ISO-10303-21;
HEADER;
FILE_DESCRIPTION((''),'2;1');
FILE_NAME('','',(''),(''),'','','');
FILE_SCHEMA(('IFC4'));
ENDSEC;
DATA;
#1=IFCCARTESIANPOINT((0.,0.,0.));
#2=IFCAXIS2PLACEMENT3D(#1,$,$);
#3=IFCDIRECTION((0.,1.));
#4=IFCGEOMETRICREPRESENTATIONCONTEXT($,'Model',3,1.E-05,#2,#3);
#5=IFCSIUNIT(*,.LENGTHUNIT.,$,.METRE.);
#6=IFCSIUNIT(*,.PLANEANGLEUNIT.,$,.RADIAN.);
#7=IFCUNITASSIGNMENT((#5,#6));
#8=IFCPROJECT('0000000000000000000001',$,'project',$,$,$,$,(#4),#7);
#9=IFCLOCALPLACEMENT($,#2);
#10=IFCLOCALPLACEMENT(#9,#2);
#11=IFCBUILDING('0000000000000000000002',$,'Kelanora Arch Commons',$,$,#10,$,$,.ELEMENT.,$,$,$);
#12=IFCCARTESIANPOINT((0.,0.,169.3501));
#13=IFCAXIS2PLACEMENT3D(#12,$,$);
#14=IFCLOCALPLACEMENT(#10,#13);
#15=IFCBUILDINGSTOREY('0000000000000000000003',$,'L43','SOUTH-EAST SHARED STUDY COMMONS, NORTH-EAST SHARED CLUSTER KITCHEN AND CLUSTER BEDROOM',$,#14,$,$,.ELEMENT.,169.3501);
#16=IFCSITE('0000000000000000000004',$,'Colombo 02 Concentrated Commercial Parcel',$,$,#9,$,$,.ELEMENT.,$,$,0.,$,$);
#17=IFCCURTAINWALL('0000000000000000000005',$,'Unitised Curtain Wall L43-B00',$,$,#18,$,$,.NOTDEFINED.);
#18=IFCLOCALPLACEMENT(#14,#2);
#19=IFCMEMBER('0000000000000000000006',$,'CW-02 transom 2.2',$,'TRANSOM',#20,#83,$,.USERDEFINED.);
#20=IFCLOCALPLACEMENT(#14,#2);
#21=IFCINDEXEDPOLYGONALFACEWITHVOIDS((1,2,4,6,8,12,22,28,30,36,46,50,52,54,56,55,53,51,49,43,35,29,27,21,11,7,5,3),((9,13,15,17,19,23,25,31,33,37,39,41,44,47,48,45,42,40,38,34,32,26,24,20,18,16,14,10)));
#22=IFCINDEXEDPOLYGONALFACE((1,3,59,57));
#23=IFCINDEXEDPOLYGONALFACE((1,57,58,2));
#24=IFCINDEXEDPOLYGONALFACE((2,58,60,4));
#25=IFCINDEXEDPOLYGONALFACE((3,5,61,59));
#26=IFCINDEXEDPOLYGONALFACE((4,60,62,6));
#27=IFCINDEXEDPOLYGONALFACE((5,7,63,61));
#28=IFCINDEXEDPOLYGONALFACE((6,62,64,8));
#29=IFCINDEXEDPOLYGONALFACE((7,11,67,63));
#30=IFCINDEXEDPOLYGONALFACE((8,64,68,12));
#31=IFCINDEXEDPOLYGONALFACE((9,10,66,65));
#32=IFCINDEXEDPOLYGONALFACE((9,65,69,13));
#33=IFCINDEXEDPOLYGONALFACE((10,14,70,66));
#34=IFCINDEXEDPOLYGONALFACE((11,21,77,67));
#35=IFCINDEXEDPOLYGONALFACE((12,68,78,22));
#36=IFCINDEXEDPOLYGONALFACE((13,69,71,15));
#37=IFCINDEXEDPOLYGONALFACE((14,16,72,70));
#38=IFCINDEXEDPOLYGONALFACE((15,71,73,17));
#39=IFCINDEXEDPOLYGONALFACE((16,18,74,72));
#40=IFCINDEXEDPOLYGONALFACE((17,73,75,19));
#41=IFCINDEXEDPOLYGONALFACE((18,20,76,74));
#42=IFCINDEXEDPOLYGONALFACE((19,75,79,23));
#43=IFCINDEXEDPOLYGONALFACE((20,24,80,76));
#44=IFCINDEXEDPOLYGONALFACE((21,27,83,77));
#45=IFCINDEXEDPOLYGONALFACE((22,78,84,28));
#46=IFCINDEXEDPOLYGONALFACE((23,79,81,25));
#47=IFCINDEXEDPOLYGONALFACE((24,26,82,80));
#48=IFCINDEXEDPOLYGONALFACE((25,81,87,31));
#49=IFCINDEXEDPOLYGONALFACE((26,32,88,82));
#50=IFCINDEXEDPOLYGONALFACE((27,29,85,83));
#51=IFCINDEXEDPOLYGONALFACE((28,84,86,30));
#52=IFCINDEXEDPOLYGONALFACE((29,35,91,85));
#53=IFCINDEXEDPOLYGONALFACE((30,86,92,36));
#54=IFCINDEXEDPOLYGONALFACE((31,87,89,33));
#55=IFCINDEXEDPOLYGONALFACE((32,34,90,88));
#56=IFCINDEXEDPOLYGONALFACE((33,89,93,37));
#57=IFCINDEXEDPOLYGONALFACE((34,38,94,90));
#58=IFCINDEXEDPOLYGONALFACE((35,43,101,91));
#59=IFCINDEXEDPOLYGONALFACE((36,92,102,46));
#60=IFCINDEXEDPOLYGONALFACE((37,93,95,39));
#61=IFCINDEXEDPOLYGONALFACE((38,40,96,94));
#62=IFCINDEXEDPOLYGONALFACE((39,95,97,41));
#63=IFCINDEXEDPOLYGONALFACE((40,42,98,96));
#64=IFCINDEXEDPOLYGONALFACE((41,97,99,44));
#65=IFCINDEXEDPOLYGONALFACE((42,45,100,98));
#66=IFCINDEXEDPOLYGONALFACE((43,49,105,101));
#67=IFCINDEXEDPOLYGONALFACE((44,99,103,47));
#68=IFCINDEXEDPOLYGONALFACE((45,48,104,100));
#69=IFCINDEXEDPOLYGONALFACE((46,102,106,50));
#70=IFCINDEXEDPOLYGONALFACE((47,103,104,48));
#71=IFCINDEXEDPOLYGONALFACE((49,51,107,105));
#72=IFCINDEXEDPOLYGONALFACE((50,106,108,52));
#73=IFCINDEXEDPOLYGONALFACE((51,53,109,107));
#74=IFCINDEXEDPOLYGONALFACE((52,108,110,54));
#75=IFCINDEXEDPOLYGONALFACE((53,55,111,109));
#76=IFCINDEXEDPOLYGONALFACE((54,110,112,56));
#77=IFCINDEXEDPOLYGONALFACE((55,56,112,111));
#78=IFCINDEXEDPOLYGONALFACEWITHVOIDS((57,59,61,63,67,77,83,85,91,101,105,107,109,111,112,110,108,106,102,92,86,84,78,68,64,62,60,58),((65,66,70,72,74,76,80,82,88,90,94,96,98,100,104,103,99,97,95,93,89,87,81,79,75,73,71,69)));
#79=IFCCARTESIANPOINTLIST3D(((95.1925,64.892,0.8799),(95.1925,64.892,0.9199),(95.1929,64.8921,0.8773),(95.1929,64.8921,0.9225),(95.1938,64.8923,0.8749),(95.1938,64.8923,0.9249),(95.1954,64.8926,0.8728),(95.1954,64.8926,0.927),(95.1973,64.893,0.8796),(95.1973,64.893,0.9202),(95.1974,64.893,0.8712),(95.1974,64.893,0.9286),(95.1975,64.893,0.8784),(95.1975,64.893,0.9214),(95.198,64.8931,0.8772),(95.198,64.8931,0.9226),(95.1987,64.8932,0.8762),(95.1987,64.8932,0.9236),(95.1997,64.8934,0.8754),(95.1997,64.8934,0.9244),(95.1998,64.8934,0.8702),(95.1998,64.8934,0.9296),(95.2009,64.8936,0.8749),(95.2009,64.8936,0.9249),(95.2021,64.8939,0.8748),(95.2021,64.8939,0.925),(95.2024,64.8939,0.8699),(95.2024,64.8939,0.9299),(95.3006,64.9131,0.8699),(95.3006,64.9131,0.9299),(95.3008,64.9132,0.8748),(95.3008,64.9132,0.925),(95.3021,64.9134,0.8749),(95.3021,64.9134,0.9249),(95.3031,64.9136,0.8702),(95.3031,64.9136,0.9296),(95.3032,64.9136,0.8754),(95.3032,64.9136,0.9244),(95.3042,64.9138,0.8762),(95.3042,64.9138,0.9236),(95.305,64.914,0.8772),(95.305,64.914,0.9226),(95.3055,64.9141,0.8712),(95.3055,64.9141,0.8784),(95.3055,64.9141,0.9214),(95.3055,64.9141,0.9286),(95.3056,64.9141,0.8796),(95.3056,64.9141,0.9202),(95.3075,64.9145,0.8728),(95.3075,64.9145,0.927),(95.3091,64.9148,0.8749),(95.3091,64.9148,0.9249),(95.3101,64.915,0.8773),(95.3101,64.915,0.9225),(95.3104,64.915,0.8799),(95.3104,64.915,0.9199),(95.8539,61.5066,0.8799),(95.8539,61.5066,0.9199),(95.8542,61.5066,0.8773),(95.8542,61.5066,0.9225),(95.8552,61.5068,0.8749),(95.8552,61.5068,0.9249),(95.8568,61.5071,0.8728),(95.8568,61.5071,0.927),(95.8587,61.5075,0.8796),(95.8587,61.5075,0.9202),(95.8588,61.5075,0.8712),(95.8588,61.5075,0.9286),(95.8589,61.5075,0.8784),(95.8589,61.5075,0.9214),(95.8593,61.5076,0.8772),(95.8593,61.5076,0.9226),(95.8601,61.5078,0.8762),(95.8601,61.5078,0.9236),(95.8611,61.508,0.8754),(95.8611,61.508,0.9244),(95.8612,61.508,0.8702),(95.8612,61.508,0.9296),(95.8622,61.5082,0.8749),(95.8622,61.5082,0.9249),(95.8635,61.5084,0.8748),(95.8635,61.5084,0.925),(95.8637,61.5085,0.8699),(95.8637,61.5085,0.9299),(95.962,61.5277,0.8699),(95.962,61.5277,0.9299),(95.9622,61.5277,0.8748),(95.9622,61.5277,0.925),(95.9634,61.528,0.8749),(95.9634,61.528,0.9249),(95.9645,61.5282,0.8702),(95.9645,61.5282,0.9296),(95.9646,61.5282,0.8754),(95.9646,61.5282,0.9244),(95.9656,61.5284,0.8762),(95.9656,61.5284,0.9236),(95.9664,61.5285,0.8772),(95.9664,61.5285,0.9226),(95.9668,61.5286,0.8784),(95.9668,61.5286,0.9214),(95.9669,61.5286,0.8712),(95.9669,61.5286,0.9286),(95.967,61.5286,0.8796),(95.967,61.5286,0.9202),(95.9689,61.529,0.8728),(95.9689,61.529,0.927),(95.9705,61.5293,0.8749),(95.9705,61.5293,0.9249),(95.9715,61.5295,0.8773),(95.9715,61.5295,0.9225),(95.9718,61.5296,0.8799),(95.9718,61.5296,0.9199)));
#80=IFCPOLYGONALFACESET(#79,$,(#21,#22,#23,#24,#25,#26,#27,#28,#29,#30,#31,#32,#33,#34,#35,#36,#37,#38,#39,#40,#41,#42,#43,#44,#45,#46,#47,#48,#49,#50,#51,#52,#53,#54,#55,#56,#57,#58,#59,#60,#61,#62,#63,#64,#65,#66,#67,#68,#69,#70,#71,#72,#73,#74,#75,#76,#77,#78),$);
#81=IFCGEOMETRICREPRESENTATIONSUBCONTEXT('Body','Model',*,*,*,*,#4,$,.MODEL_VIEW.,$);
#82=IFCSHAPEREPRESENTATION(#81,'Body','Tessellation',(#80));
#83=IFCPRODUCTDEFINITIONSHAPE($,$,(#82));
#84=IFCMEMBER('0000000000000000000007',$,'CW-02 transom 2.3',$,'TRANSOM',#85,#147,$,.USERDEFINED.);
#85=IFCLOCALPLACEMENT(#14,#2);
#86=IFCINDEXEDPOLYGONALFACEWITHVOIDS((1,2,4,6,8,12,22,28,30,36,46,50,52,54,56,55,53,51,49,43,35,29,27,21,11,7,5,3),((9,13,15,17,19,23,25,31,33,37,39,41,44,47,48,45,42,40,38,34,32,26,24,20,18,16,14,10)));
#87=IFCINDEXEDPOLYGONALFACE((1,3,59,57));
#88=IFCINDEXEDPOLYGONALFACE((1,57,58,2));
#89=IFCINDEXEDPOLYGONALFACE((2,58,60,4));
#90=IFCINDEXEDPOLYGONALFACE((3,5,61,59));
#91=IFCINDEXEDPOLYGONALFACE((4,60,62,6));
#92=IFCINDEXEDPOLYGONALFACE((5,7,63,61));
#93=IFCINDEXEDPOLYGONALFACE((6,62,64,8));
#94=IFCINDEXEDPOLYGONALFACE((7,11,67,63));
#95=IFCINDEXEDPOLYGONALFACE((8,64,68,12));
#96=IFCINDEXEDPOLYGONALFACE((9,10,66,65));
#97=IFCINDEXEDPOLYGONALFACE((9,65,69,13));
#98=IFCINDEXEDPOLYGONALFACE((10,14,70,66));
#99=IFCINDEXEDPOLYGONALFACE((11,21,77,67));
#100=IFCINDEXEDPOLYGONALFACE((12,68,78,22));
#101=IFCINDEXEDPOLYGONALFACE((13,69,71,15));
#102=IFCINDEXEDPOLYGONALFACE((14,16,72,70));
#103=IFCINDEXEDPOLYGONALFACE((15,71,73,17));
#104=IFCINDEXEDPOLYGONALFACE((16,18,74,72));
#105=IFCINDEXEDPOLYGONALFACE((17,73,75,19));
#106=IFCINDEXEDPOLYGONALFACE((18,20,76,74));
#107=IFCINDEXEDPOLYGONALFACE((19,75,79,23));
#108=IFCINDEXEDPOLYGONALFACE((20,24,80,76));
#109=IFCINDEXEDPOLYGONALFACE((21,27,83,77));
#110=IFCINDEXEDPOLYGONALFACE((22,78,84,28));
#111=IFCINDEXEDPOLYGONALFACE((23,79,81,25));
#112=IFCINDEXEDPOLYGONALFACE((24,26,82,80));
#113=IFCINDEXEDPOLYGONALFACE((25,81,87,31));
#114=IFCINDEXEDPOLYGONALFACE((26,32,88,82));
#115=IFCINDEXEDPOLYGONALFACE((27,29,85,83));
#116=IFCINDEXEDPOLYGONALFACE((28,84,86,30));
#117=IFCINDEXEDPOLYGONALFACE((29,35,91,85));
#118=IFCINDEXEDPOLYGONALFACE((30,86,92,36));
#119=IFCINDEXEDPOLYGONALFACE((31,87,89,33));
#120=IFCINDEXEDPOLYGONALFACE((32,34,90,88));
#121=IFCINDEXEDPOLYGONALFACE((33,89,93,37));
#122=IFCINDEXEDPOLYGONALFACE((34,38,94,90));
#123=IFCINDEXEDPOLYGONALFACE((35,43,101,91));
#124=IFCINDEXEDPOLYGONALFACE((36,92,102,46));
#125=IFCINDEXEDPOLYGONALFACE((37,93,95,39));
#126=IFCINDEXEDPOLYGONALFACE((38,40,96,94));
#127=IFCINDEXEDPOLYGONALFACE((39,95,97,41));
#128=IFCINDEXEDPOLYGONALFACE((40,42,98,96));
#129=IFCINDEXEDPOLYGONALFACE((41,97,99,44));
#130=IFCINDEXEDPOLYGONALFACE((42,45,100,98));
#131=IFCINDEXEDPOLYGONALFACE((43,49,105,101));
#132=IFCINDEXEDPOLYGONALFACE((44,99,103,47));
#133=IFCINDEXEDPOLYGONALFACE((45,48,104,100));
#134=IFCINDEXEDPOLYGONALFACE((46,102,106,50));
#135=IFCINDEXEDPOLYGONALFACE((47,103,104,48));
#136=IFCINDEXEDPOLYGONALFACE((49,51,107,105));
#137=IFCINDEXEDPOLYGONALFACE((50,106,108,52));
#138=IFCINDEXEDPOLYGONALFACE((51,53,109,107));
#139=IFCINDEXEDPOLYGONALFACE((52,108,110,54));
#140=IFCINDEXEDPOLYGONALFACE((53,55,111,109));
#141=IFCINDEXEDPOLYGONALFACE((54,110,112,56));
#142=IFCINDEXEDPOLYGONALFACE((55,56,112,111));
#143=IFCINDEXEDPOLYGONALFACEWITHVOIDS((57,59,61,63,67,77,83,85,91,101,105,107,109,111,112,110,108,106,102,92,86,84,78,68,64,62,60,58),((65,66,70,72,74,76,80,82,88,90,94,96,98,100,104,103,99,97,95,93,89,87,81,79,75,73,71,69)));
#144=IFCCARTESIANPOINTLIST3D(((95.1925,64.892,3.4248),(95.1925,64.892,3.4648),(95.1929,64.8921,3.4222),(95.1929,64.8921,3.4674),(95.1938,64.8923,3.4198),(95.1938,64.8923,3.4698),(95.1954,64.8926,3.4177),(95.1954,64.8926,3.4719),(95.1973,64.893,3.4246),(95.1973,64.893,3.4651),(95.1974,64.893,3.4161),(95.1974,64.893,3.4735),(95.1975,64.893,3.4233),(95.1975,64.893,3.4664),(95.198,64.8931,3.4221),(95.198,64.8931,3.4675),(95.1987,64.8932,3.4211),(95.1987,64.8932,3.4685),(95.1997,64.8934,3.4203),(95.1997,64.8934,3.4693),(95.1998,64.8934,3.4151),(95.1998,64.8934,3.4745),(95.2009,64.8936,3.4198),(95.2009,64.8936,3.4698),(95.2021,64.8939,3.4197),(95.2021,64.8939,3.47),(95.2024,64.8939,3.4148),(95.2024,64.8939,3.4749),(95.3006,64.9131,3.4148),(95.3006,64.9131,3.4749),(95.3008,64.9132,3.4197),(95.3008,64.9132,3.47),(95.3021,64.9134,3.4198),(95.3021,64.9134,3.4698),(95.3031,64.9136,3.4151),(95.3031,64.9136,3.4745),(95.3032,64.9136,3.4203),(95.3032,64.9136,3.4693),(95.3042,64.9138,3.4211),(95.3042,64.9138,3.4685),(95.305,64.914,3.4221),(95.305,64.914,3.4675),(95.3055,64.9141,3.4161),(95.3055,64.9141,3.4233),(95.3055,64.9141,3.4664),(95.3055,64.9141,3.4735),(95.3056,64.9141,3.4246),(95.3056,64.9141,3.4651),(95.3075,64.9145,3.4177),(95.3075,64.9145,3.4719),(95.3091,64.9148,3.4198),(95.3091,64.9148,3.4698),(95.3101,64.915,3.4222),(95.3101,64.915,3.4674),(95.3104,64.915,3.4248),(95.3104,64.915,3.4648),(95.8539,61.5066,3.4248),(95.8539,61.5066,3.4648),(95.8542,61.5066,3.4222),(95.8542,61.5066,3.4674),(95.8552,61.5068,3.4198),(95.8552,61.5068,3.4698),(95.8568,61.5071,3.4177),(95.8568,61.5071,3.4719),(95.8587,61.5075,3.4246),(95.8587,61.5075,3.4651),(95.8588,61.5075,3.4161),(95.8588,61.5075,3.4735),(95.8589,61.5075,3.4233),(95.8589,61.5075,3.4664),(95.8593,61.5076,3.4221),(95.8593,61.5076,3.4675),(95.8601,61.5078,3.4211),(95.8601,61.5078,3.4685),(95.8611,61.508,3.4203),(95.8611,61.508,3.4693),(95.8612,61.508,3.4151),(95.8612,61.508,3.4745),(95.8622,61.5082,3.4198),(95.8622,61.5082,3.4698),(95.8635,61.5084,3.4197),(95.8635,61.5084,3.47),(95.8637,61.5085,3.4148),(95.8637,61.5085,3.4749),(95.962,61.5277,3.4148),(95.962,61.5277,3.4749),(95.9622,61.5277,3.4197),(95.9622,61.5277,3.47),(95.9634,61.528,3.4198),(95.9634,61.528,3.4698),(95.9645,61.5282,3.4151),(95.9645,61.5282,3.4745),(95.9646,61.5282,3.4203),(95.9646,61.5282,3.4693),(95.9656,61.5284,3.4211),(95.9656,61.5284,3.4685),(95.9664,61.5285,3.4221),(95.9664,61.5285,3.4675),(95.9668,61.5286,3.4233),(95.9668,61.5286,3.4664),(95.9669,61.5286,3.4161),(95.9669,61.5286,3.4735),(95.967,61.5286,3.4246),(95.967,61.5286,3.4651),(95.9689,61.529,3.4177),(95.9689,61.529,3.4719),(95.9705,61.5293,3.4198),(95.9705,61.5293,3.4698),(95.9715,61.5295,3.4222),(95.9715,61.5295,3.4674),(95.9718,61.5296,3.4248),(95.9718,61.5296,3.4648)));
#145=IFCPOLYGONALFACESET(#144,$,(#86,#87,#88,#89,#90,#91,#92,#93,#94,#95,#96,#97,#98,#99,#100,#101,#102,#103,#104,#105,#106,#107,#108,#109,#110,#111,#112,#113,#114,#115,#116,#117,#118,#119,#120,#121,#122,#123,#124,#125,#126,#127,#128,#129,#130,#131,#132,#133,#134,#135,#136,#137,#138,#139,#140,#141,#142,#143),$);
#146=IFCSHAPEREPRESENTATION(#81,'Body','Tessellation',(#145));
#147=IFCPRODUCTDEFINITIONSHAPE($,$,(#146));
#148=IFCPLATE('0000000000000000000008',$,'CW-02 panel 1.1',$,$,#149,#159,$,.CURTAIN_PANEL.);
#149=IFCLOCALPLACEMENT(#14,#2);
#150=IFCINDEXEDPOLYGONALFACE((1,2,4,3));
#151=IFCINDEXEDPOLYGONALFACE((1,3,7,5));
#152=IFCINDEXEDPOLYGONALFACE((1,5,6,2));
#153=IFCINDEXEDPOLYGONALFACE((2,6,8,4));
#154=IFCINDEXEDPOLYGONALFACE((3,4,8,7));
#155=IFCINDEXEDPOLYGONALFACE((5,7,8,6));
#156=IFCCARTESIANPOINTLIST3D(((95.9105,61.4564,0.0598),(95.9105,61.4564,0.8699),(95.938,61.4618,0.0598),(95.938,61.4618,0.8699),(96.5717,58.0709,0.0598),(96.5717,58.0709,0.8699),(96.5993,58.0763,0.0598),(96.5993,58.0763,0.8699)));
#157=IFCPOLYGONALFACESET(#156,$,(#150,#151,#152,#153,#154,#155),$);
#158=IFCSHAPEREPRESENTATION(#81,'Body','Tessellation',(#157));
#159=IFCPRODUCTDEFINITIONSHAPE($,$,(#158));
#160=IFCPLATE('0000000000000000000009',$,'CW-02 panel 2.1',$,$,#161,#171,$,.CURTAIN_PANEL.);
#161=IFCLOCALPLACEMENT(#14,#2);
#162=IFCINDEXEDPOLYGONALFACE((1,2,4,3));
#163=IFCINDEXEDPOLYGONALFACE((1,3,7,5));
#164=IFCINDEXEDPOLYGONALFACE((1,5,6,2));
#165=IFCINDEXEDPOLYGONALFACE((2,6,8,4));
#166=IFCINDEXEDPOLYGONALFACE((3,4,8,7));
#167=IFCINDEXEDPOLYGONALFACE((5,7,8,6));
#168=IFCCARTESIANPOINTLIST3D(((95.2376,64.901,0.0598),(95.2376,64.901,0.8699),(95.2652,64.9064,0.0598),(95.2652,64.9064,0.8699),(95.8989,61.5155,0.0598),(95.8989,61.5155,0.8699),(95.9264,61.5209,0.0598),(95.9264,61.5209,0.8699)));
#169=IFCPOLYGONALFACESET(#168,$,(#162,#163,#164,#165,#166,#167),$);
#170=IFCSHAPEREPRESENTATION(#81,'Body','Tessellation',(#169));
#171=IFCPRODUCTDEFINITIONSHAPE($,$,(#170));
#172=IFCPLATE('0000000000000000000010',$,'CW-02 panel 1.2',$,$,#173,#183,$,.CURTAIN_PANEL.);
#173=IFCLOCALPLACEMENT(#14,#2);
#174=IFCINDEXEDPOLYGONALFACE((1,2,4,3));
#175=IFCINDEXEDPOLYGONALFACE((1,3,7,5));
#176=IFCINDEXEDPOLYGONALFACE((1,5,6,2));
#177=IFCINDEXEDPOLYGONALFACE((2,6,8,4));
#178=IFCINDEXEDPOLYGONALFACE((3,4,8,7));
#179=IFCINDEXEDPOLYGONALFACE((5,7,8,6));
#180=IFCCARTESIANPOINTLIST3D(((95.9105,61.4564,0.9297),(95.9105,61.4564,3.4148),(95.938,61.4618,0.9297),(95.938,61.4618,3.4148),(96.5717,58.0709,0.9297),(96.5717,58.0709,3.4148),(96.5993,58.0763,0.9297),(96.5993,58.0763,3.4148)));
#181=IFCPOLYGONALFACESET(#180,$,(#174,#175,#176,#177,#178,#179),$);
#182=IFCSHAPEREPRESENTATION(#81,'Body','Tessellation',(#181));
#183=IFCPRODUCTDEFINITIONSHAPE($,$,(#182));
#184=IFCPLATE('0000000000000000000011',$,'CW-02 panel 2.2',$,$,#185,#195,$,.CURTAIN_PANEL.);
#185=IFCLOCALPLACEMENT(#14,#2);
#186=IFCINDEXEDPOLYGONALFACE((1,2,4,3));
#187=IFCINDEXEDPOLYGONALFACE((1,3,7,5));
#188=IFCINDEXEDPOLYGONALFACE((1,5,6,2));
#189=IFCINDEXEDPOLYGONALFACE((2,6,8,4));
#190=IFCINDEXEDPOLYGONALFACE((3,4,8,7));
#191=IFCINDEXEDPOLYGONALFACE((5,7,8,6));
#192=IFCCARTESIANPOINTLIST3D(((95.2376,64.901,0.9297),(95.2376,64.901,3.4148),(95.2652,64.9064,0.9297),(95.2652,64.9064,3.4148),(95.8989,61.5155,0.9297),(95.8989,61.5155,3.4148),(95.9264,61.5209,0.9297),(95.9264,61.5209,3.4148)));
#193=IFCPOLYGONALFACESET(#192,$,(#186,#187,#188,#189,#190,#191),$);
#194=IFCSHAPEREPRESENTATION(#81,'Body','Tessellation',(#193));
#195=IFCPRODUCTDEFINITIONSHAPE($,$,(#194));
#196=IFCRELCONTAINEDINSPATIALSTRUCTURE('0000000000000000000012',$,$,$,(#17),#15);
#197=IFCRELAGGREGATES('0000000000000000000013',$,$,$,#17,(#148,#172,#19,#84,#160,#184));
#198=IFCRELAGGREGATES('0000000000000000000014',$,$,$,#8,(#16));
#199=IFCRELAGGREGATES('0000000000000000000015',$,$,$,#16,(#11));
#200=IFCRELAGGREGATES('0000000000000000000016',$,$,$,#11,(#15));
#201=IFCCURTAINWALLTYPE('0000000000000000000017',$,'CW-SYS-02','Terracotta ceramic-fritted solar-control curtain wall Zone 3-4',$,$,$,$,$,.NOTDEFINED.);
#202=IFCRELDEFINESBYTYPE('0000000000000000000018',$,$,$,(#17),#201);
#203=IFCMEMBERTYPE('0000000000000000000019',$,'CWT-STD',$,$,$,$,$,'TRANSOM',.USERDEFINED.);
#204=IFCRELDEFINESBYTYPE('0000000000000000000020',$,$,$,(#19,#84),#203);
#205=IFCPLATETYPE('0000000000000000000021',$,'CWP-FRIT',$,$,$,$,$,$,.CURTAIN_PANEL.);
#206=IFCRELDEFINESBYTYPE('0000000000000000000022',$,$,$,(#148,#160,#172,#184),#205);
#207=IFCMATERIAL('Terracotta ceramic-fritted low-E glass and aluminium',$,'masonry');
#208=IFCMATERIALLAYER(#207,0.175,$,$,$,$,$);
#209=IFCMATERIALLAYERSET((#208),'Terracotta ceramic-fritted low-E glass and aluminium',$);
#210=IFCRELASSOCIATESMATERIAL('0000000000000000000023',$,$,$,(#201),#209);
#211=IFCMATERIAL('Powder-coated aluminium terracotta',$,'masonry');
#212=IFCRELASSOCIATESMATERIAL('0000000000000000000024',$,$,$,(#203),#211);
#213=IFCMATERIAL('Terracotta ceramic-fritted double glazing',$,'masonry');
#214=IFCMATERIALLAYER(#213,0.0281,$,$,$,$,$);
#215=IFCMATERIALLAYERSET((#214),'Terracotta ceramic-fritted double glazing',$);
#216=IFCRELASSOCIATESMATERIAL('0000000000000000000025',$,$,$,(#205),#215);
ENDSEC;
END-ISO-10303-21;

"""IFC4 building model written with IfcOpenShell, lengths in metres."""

from ifc_helpers import new_model, si_unit, direction, frame, origin, origin_2d, place, context, subcontext, project, spatial, rectangle, hollow_rectangle, extrude, source, transform, mapped, material, layer, layer_set, material_profile, profile_set, type_object, element, aggregate, save


model = new_model("IFC4")

# Units and contexts
model_context = context("Model", 3, precision=1e-05, world=origin(), true_north=direction((0.0, 1.0)))
body_context = subcontext(model_context, "Body", "Model", "MODEL_VIEW")
ifc_project = project(units=[si_unit("LENGTHUNIT", "METRE"), si_unit("PLANEANGLEUNIT", "RADIAN")], contexts=[model_context])

# Site, building, storey
site_placement = place(None, origin())
site = spatial("IfcSite", under=ifc_project, at=site_placement, Name="Colombo 02 Concentrated Commercial Parcel", CompositionType="ELEMENT", RefElevation=0.0)
building_placement = place(site_placement, origin())
building = spatial("IfcBuilding", under=site, at=building_placement, Name="Kelanora Arch Commons", CompositionType="ELEMENT")
storey_placement = place(building_placement, frame((0.0, 0.0, 169.3501)))
storey = spatial("IfcBuildingStorey", under=building, at=storey_placement, Name="L43", Description="SOUTH-EAST SHARED STUDY COMMONS, NORTH-EAST SHARED CLUSTER KITCHEN AND CLUSTER BEDROOM", CompositionType="ELEMENT", Elevation=169.3501)

# Curtain wall, members, plates
ifc_material_1 = material(Name="Terracotta ceramic-fritted low-E glass and aluminium", Category="masonry")
ifc_layer_1 = layer(ifc_material_1, 0.175)
ifc_layer_set_1 = layer_set([ifc_layer_1], Name="Terracotta ceramic-fritted low-E glass and aluminium")
curtain_wall_type = type_object("IfcCurtainWallType", Name="CW-SYS-02", Description="Terracotta ceramic-fritted solar-control curtain wall Zone 3-4", PredefinedType="NOTDEFINED", material=ifc_layer_set_1)
curtain_wall_placement = place(storey_placement, origin())
curtain_wall = element("IfcCurtainWall", 1, at=curtain_wall_placement, inside=storey, type_object=curtain_wall_type, Name="Unitised Curtain Wall L43-B00", PredefinedType="NOTDEFINED")
ifc_material_2 = material(Name="Powder-coated aluminium terracotta", Category="masonry")
ifc_material_profile_1 = material_profile(ifc_material_2, hollow_rectangle(XDim=0.1201, YDim=0.0601, WallThickness=0.0049, InnerFilletRadius=0.0049, OuterFilletRadius=0.01, at=origin_2d()), Name="CWT120x60")
ifc_profile_set_1 = profile_set([ifc_material_profile_1], Name="Powder-coated aluminium terracotta")
member_type_1 = type_object("IfcMemberType", Name="CWT-STD", ElementType="TRANSOM", PredefinedType="USERDEFINED", material=ifc_profile_set_1)
member_1_placement = place(storey_placement, frame((95.9128, 61.5181, 0.8999), z_axis=(-0.191732, 0.981447, 0.0), x_axis=(-0.981447, -0.191732, 0.0)))
member_1 = element("IfcMember", 2, at=member_1_placement, type_object=member_type_1, Name="CW-02 transom 2.2", ObjectType="TRANSOM", PredefinedType="USERDEFINED", context=body_context, shape_type="SweptSolid", body=[
    extrude(hollow_rectangle(XDim=0.1201, YDim=0.0601, WallThickness=0.0049, InnerFilletRadius=0.0049, OuterFilletRadius=0.01, at=origin_2d()), origin(), (0.0, 0.0, 1.0), 3.4495),
])
member_2_placement = place(storey_placement, frame((95.9128, 61.5181, 3.4448), z_axis=(-0.191732, 0.981447, 0.0), x_axis=(-0.981447, -0.191732, 0.0)))
member_2 = element("IfcMember", 3, at=member_2_placement, type_object=member_type_1, Name="CW-02 transom 2.3", ObjectType="TRANSOM", PredefinedType="USERDEFINED", context=body_context, shape_type="SweptSolid", body=[
    extrude(hollow_rectangle(XDim=0.1201, YDim=0.0601, WallThickness=0.0049, InnerFilletRadius=0.0049, OuterFilletRadius=0.01, at=origin_2d()), origin(), (0.0, 0.0, 1.0), 3.4495),
])
ifc_material_3 = material(Name="Terracotta ceramic-fritted double glazing", Category="masonry")
ifc_layer_2 = layer(ifc_material_3, 0.0281)
ifc_layer_set_2 = layer_set([ifc_layer_2], Name="Terracotta ceramic-fritted double glazing")
plate_type = type_object("IfcPlateType", Name="CWP-FRIT", PredefinedType="CURTAIN_PANEL", material=ifc_layer_set_2)
shared_shape_1 = source(origin(), body_context, "Body", "SweptSolid", [
    extrude(rectangle(XDim=3.4495, YDim=0.0281, at=origin_2d()), origin(), (0.0, 0.0, 1.0), 0.8101),
])
plate_1_placement = place(storey_placement, frame((96.2549, 59.7664, 0.0598), z_axis=(0.0, 0.0, 1.0), x_axis=(-0.191705, 0.981453, 0.0)))
plate_1 = element("IfcPlate", 4, at=plate_1_placement, type_object=plate_type, Name="CW-02 panel 1.1", PredefinedType="CURTAIN_PANEL", context=body_context, shape_type="MappedRepresentation", body=[
    mapped(shared_shape_1, transform((0.0, 0.0, 0.0), scale=1.0)),
])
plate_2_placement = place(storey_placement, frame((95.582, 63.2109, 0.0598), z_axis=(0.0, 0.0, 1.0), x_axis=(-0.191705, 0.981453, 0.0)))
plate_2 = element("IfcPlate", 5, at=plate_2_placement, type_object=plate_type, Name="CW-02 panel 2.1", PredefinedType="CURTAIN_PANEL", context=body_context, shape_type="MappedRepresentation", body=[
    mapped(shared_shape_1, transform((0.0, 0.0, 0.0), scale=1.0)),
])
shared_shape_2 = source(origin(), body_context, "Body", "SweptSolid", [
    extrude(rectangle(XDim=3.4495, YDim=0.0281, at=origin_2d()), origin(), (0.0, 0.0, 1.0), 2.4851),
])
plate_3_placement = place(storey_placement, frame((96.2549, 59.7664, 0.9297), z_axis=(0.0, 0.0, 1.0), x_axis=(-0.191705, 0.981453, 0.0)))
plate_3 = element("IfcPlate", 6, at=plate_3_placement, type_object=plate_type, Name="CW-02 panel 1.2", PredefinedType="CURTAIN_PANEL", context=body_context, shape_type="MappedRepresentation", body=[
    mapped(shared_shape_2, transform((0.0, 0.0, 0.0), scale=1.0)),
])
plate_4_placement = place(storey_placement, frame((95.582, 63.2109, 0.9297), z_axis=(0.0, 0.0, 1.0), x_axis=(-0.191705, 0.981453, 0.0)))
plate_4 = element("IfcPlate", 7, at=plate_4_placement, type_object=plate_type, Name="CW-02 panel 2.2", PredefinedType="CURTAIN_PANEL", context=body_context, shape_type="MappedRepresentation", body=[
    mapped(shared_shape_2, transform((0.0, 0.0, 0.0), scale=1.0)),
])
aggregate(curtain_wall, [plate_1, plate_3, member_1, member_2, plate_2, plate_4])

save(model, "model.ifc")
